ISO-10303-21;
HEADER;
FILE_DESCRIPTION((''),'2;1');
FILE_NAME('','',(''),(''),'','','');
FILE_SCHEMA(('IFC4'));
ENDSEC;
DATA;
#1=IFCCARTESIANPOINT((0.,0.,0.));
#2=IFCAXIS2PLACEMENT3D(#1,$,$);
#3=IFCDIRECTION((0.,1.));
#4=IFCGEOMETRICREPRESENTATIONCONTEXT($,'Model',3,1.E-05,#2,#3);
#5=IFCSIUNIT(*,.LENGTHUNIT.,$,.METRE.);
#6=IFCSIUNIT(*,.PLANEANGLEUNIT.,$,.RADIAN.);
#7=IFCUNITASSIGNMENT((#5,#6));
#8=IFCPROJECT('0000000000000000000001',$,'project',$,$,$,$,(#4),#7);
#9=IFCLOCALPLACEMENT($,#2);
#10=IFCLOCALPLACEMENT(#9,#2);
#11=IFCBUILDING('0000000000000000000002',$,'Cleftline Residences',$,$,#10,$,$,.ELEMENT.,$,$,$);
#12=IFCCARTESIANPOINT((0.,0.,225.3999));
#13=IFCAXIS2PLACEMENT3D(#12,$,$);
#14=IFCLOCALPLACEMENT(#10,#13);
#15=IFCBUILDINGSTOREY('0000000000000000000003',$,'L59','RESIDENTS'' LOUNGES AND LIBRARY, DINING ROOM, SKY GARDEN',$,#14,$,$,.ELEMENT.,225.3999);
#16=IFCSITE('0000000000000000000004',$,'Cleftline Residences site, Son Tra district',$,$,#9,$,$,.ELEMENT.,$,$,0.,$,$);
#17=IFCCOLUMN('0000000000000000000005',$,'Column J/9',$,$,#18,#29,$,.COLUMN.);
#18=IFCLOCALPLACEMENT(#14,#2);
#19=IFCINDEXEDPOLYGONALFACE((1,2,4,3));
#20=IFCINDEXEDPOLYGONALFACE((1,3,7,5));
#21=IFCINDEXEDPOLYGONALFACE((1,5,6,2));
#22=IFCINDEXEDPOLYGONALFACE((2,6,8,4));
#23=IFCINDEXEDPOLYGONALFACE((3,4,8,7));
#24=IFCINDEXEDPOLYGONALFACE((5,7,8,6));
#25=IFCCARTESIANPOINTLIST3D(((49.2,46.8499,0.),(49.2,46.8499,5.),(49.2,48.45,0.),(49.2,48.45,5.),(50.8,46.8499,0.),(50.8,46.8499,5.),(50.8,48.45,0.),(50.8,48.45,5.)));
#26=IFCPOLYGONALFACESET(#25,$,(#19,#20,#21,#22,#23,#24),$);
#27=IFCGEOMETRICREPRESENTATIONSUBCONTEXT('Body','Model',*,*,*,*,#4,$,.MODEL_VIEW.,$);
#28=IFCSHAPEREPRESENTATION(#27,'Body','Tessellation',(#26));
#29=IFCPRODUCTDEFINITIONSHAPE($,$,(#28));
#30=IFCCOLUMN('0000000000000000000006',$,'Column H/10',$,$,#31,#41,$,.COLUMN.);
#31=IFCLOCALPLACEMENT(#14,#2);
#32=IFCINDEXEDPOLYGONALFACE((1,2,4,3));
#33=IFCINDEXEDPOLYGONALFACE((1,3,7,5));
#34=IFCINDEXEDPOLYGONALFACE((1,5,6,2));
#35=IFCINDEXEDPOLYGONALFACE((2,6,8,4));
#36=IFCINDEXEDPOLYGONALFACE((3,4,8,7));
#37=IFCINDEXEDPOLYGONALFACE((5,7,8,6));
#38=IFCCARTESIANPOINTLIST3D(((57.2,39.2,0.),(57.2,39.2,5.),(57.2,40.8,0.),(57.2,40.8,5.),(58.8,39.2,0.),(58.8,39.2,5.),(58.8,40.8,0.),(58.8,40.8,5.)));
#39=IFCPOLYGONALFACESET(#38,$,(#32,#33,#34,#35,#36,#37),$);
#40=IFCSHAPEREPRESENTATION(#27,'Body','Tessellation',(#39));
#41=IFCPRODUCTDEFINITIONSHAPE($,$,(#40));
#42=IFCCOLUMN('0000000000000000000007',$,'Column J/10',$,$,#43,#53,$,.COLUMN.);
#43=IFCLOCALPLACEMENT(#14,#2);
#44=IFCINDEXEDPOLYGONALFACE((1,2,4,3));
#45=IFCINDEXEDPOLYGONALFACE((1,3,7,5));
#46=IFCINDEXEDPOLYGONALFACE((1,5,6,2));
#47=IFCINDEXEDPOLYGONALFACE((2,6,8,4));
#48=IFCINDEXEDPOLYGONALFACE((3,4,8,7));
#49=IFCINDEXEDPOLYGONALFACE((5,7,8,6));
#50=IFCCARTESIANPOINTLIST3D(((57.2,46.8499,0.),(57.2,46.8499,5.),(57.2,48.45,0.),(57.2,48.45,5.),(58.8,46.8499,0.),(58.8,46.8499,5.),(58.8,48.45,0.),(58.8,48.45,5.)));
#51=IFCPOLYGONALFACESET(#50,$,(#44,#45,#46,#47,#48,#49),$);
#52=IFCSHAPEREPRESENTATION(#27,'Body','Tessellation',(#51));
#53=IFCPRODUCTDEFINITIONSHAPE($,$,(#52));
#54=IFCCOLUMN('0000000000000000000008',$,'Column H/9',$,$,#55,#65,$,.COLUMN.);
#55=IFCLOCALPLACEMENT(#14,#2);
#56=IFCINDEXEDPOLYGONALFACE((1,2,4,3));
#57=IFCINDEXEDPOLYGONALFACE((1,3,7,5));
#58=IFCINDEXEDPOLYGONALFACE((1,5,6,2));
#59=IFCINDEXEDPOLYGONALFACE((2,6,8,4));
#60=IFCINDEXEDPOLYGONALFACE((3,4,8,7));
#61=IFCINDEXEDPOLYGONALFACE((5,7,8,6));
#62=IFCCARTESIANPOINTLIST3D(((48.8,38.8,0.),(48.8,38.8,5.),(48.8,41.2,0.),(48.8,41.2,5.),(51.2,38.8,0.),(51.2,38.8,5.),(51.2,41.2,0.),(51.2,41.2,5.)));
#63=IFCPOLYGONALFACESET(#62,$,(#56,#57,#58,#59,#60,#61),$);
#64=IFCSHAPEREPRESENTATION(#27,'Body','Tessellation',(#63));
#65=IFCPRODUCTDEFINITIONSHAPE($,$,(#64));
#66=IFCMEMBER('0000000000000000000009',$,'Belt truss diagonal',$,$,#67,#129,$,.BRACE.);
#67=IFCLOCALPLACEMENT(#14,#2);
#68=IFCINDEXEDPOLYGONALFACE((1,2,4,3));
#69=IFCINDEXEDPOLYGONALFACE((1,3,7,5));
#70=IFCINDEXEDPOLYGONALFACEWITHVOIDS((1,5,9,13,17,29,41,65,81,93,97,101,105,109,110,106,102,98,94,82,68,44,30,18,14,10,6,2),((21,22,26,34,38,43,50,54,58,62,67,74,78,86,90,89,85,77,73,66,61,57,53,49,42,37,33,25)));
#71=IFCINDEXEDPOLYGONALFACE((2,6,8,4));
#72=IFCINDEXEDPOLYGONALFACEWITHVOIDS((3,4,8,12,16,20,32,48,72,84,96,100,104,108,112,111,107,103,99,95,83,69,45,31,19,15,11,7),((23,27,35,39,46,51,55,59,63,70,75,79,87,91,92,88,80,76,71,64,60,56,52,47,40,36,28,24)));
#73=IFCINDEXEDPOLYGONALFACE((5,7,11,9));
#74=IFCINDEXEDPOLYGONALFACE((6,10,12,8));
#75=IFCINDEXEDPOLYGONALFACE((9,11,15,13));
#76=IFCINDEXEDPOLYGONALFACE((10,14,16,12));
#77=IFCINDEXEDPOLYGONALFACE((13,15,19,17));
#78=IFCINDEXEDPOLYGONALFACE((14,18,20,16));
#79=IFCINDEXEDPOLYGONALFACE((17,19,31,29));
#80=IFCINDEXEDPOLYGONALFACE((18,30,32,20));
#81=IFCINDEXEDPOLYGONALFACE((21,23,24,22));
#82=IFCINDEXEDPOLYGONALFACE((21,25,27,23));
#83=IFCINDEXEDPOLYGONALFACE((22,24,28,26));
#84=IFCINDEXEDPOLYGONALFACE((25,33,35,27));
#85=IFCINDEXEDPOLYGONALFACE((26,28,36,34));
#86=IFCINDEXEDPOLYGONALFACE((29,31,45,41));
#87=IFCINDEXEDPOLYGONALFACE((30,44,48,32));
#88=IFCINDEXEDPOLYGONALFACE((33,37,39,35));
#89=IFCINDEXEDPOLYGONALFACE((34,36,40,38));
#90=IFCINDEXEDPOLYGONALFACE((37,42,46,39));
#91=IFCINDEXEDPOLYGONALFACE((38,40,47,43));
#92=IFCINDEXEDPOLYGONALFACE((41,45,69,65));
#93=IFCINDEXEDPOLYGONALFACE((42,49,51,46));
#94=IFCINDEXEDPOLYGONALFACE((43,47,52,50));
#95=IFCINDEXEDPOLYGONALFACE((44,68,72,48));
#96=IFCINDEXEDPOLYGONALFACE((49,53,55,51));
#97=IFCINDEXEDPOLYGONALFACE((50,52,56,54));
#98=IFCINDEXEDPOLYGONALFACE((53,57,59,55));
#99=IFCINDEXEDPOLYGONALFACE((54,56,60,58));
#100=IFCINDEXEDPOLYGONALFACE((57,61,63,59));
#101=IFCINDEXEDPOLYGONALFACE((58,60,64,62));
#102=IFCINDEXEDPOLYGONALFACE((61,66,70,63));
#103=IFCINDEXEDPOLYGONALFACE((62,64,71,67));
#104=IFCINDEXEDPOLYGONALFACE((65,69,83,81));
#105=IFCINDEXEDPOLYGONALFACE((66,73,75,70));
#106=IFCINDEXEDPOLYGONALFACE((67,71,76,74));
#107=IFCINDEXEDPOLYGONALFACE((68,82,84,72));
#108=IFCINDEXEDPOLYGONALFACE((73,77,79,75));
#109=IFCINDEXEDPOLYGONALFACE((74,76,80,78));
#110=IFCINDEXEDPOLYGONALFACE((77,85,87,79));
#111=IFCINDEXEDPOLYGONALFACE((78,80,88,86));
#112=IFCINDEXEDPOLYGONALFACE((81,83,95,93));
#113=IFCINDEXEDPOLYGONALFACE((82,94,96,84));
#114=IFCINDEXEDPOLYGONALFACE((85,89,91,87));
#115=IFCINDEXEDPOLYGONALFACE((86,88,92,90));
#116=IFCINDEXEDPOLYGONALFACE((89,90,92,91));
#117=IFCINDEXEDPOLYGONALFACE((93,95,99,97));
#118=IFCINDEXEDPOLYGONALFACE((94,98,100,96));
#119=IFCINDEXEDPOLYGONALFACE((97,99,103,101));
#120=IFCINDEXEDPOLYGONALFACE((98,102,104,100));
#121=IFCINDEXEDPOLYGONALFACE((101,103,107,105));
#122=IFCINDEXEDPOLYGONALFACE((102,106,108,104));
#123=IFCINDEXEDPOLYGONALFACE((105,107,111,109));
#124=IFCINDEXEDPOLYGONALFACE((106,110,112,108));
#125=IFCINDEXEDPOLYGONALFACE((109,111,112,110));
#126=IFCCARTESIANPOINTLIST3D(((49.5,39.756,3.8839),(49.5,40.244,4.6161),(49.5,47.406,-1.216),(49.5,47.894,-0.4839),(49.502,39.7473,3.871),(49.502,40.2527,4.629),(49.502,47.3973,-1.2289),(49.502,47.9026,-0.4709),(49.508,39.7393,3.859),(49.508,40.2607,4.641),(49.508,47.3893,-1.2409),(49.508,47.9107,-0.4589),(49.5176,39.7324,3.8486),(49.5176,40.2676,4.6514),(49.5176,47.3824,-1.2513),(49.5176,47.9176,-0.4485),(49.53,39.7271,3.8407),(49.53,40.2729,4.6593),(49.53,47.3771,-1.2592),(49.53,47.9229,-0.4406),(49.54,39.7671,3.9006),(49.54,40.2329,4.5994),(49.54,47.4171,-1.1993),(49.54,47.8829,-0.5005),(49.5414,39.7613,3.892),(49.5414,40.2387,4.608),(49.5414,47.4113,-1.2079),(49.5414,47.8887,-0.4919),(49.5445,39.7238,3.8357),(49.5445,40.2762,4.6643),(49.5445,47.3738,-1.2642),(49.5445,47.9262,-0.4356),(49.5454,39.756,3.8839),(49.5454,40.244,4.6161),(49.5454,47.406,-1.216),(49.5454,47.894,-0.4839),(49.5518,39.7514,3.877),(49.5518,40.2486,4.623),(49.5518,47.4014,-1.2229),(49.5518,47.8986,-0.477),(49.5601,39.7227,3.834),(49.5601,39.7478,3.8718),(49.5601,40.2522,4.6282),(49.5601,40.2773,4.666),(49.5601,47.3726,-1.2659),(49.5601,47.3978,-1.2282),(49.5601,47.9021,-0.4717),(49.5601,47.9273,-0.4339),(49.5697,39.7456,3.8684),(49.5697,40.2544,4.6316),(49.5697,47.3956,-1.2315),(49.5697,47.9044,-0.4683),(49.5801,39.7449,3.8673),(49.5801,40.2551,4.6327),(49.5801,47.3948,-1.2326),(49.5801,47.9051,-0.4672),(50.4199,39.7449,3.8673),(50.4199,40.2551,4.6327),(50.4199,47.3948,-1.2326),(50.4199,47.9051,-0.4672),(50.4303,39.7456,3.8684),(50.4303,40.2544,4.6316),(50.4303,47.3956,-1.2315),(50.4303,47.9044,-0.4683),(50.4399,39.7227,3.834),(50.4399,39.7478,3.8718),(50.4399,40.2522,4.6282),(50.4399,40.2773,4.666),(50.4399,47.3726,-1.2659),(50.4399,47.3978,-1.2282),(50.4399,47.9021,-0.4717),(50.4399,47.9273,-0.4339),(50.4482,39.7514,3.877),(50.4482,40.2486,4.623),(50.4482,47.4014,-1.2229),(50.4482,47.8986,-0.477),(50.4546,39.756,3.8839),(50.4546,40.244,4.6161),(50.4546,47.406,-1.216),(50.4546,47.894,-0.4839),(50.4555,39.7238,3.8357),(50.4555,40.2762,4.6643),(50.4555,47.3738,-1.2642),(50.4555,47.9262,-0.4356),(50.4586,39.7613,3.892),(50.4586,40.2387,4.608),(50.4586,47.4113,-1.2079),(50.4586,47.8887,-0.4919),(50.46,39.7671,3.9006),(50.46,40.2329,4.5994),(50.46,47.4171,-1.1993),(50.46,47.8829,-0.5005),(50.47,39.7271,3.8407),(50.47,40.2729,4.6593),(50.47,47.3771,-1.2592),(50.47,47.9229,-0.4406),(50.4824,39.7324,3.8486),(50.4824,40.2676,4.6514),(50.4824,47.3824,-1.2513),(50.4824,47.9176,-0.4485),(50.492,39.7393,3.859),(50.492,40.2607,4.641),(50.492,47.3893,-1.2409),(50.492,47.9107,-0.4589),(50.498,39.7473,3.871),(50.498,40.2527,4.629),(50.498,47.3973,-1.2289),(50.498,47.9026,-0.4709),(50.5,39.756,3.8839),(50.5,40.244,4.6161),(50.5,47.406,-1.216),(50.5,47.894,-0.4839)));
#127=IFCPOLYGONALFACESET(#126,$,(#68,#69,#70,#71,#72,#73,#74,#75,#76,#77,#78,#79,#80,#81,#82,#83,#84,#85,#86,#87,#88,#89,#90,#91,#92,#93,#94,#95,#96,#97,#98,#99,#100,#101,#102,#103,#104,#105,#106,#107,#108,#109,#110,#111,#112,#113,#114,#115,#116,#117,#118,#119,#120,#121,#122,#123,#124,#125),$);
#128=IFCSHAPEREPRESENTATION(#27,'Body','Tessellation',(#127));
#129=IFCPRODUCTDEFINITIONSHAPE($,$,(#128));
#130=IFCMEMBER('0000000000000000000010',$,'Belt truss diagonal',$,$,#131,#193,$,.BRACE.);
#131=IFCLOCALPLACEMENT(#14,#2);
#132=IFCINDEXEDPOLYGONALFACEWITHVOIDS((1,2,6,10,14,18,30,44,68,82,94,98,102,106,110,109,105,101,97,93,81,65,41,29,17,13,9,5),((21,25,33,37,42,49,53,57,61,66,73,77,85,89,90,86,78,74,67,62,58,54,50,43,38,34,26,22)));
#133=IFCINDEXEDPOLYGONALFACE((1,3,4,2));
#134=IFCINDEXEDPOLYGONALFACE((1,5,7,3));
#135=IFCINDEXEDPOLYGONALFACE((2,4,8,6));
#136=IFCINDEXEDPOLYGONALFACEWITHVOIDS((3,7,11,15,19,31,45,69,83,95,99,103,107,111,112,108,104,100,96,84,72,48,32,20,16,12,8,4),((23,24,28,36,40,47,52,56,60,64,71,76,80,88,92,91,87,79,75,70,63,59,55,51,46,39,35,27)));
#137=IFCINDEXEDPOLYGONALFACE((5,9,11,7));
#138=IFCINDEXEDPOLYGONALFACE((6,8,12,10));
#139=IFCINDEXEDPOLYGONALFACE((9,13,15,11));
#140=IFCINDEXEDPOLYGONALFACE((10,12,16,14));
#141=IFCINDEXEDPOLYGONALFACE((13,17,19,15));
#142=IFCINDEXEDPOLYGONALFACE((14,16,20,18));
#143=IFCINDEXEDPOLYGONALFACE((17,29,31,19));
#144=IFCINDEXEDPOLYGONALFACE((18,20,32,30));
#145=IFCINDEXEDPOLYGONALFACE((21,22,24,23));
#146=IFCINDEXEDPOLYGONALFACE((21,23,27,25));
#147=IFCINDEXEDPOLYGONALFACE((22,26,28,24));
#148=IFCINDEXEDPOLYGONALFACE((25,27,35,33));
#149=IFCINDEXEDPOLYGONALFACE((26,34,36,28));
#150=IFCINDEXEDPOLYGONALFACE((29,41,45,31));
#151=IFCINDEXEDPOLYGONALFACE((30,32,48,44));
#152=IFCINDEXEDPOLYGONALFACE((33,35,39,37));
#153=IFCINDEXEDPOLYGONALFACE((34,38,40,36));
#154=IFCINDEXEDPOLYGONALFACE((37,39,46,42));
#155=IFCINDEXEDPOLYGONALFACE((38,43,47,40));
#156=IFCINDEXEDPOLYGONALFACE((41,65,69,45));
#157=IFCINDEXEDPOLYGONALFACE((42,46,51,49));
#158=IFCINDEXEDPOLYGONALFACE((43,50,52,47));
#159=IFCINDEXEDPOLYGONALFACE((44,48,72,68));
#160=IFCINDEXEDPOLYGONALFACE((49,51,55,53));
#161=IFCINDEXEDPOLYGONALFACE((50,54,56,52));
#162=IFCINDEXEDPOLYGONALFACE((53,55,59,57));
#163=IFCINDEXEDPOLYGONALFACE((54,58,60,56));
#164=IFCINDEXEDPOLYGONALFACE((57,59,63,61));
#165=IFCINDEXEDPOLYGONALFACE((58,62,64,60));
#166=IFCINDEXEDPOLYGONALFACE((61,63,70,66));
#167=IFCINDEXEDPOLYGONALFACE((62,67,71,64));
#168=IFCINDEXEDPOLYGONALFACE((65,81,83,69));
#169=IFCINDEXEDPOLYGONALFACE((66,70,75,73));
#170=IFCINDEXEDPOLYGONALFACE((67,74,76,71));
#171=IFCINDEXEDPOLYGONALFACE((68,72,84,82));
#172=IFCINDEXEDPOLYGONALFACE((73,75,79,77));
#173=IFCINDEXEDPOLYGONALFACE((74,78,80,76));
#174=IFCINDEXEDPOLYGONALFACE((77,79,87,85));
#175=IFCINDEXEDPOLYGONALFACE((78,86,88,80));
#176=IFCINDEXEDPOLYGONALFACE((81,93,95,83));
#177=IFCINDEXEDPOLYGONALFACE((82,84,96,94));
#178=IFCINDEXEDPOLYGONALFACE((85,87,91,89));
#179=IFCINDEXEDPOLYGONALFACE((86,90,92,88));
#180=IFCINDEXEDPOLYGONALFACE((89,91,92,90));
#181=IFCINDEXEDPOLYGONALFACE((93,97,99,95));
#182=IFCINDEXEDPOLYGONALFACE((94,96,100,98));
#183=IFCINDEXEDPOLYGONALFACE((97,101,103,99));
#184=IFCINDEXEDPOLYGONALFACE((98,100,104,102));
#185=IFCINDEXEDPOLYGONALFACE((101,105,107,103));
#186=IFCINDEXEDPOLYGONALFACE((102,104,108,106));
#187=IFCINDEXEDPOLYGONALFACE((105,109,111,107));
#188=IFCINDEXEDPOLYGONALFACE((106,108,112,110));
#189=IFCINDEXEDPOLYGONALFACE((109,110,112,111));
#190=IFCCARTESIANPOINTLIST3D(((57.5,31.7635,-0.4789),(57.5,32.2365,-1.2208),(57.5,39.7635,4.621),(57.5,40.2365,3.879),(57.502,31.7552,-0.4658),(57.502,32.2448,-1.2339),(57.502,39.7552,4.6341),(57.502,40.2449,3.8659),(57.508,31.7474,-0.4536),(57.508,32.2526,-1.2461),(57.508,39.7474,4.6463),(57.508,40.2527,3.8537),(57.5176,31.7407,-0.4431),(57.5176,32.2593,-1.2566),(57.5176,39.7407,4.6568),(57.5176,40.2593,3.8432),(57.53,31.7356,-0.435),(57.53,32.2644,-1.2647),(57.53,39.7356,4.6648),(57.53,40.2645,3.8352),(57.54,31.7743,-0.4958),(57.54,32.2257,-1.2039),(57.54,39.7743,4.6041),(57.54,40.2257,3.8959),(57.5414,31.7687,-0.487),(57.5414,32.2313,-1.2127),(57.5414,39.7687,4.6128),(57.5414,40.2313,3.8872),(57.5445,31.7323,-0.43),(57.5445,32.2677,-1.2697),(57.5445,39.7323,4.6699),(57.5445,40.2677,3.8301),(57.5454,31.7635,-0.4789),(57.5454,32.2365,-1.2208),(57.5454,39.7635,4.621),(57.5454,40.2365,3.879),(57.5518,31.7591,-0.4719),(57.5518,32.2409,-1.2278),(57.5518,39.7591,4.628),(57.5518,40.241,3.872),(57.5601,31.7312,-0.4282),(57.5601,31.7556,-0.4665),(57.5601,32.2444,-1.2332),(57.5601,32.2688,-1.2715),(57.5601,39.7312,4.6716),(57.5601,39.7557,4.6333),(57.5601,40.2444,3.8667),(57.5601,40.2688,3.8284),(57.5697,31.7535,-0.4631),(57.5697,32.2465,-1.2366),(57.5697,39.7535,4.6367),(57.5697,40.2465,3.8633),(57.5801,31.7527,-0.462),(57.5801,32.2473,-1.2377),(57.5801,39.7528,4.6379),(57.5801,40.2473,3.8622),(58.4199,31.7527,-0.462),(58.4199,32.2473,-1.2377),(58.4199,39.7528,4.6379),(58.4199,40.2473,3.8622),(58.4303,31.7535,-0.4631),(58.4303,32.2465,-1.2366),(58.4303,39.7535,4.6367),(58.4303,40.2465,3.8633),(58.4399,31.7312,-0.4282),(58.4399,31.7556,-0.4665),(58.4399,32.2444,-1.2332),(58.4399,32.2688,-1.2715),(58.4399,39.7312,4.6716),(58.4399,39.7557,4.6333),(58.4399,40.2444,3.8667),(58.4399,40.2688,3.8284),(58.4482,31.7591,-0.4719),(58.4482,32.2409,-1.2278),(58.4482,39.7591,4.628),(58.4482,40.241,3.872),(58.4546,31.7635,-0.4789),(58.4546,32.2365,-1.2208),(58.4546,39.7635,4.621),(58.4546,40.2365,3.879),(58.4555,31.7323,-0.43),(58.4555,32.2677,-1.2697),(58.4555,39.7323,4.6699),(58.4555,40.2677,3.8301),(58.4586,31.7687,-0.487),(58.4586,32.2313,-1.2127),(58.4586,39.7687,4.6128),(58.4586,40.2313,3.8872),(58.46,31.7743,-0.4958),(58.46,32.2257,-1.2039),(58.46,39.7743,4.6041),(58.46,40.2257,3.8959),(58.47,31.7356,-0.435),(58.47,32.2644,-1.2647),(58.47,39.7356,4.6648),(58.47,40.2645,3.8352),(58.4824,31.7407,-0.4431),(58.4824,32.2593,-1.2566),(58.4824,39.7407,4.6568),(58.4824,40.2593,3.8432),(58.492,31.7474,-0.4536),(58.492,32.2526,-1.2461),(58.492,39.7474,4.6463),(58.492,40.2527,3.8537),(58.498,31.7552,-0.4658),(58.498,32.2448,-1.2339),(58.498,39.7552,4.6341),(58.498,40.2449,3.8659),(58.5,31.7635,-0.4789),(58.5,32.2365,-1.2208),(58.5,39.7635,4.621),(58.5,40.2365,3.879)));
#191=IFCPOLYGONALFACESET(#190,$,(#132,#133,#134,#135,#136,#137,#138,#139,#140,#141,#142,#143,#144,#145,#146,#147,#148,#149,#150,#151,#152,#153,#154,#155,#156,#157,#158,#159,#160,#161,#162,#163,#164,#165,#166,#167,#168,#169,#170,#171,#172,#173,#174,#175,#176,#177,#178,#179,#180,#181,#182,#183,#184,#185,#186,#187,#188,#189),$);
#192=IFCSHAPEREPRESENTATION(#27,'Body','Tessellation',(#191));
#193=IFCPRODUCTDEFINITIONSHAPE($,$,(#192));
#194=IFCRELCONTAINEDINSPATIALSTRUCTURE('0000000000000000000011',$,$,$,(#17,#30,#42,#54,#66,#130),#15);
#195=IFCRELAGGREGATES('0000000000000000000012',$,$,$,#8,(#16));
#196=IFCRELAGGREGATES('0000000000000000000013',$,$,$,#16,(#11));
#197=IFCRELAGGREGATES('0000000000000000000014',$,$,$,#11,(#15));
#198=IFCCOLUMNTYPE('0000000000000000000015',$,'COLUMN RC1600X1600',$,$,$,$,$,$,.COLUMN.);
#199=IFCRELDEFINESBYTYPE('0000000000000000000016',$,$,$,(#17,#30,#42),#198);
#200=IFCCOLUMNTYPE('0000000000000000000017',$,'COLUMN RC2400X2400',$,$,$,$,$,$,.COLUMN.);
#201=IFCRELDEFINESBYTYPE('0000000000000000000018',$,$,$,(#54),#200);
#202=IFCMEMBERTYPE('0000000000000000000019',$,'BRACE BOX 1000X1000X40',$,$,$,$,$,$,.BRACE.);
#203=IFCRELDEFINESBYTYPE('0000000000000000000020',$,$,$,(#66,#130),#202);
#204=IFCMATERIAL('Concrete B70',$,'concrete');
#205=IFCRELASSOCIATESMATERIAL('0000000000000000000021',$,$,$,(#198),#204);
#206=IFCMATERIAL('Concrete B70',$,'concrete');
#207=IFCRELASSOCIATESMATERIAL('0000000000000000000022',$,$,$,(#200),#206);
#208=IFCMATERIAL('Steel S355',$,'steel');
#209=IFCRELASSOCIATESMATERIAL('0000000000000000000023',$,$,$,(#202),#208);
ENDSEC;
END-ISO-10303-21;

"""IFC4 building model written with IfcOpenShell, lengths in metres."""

from ifc_helpers import new_model, si_unit, direction, frame, origin, origin_2d, place, context, subcontext, project, spatial, rectangle, hollow_rectangle, extrude, material, material_profile, profile_set, type_object, element, save


model = new_model("IFC4")

# Units and contexts
model_context = context("Model", 3, precision=1e-05, world=origin(), true_north=direction((0.0, 1.0)))
body_context = subcontext(model_context, "Body", "Model", "MODEL_VIEW")
ifc_project = project(units=[si_unit("LENGTHUNIT", "METRE"), si_unit("PLANEANGLEUNIT", "RADIAN")], contexts=[model_context])

# Site, building, storey
site_placement = place(None, origin())
site = spatial("IfcSite", under=ifc_project, at=site_placement, Name="Cleftline Residences site, Son Tra district", CompositionType="ELEMENT", RefElevation=0.0)
building_placement = place(site_placement, origin())
building = spatial("IfcBuilding", under=site, at=building_placement, Name="Cleftline Residences", CompositionType="ELEMENT")
storey_placement = place(building_placement, frame((0.0, 0.0, 225.3999)))
storey = spatial("IfcBuildingStorey", under=building, at=storey_placement, Name="L59", Description="RESIDENTS' LOUNGES AND LIBRARY, DINING ROOM, SKY GARDEN", CompositionType="ELEMENT", Elevation=225.3999)

# Columns
ifc_material_1 = material(Name="Concrete B70", Category="concrete")
ifc_material_profile_1 = material_profile(ifc_material_1, rectangle(XDim=1.6001, YDim=1.6001, at=origin_2d()))
ifc_profile_set_1 = profile_set([ifc_material_profile_1], Name="Concrete B70")
column_type_1 = type_object("IfcColumnType", Name="COLUMN RC1600X1600", PredefinedType="COLUMN", material=ifc_profile_set_1)
for number, where, z_axis, x_axis, name in (
    (1, (50.0, 47.6499, 0.0), (0.0, 0.0, 1.0), (1.0, 0.0, 0.0), "Column J/9"),
    (2, (58.0, 40.0, 0.0), (0.0, 0.0, 1.0), (1.0, 0.0, 0.0), "Column H/10"),
    (3, (58.0, 47.6499, 0.0), (0.0, 0.0, 1.0), (1.0, 0.0, 0.0), "Column J/10"),
):
    element("IfcColumn", number, at=place(storey_placement, frame(where, z_axis=z_axis, x_axis=x_axis)), inside=storey, type_object=column_type_1, Name=name, PredefinedType="COLUMN", context=body_context, shape_type="SweptSolid", body=[
        extrude(rectangle(XDim=1.6001, YDim=1.6001, at=origin_2d()), origin(), (0.0, 0.0, 1.0), 5.0),
    ])
ifc_material_2 = material(Name="Concrete B70", Category="concrete")
ifc_material_profile_2 = material_profile(ifc_material_2, rectangle(XDim=2.3999, YDim=2.3999, at=origin_2d()))
ifc_profile_set_2 = profile_set([ifc_material_profile_2], Name="Concrete B70")
column_type_2 = type_object("IfcColumnType", Name="COLUMN RC2400X2400", PredefinedType="COLUMN", material=ifc_profile_set_2)
column_placement = place(storey_placement, frame((50.0, 40.0, 0.0), z_axis=(0.0, 0.0, 1.0), x_axis=(1.0, 0.0, 0.0)))
element("IfcColumn", 4, at=column_placement, inside=storey, type_object=column_type_2, Name="Column H/9", PredefinedType="COLUMN", context=body_context, shape_type="SweptSolid", body=[
    extrude(rectangle(XDim=2.3999, YDim=2.3999, at=origin_2d()), origin(), (0.0, 0.0, 1.0), 5.0),
])

# Members
ifc_material_3 = material(Name="Steel S355", Category="steel")
ifc_material_profile_3 = material_profile(ifc_material_3, hollow_rectangle(XDim=1.0, YDim=1.0, WallThickness=0.04, InnerFilletRadius=0.04, OuterFilletRadius=0.0601, at=origin_2d()))
ifc_profile_set_3 = profile_set([ifc_material_profile_3], Name="Steel S355")
member_type_1 = type_object("IfcMemberType", Name="BRACE BOX 1000X1000X40", PredefinedType="BRACE", material=ifc_profile_set_3)
member_1_placement = place(storey_placement, frame((50.0, 40.0, 4.25), z_axis=(0.0, 0.832054, -0.554694), x_axis=(0.0, 0.554694, 0.832054)))
element("IfcMember", 5, at=member_1_placement, inside=storey, type_object=member_type_1, Name="Belt truss diagonal", PredefinedType="BRACE", context=body_context, shape_type="SweptSolid", body=[
    extrude(hollow_rectangle(XDim=1.0, YDim=1.0, WallThickness=0.04, InnerFilletRadius=0.04, OuterFilletRadius=0.0601, at=origin_2d()), origin(), (0.0, 0.0, 1.0), 9.1941),
])
member_2_placement = place(storey_placement, frame((58.0, 32.0, -0.8499), z_axis=(0.0, 0.843234, 0.537546), x_axis=(0.0, -0.537546, 0.843234)))
element("IfcMember", 6, at=member_2_placement, inside=storey, type_object=member_type_1, Name="Belt truss diagonal", PredefinedType="BRACE", context=body_context, shape_type="SweptSolid", body=[
    extrude(hollow_rectangle(XDim=1.0, YDim=1.0, WallThickness=0.04, InnerFilletRadius=0.04, OuterFilletRadius=0.0601, at=origin_2d()), origin(), (0.0, 0.0, 1.0), 9.4873),
])

save(model, "model.ifc")
